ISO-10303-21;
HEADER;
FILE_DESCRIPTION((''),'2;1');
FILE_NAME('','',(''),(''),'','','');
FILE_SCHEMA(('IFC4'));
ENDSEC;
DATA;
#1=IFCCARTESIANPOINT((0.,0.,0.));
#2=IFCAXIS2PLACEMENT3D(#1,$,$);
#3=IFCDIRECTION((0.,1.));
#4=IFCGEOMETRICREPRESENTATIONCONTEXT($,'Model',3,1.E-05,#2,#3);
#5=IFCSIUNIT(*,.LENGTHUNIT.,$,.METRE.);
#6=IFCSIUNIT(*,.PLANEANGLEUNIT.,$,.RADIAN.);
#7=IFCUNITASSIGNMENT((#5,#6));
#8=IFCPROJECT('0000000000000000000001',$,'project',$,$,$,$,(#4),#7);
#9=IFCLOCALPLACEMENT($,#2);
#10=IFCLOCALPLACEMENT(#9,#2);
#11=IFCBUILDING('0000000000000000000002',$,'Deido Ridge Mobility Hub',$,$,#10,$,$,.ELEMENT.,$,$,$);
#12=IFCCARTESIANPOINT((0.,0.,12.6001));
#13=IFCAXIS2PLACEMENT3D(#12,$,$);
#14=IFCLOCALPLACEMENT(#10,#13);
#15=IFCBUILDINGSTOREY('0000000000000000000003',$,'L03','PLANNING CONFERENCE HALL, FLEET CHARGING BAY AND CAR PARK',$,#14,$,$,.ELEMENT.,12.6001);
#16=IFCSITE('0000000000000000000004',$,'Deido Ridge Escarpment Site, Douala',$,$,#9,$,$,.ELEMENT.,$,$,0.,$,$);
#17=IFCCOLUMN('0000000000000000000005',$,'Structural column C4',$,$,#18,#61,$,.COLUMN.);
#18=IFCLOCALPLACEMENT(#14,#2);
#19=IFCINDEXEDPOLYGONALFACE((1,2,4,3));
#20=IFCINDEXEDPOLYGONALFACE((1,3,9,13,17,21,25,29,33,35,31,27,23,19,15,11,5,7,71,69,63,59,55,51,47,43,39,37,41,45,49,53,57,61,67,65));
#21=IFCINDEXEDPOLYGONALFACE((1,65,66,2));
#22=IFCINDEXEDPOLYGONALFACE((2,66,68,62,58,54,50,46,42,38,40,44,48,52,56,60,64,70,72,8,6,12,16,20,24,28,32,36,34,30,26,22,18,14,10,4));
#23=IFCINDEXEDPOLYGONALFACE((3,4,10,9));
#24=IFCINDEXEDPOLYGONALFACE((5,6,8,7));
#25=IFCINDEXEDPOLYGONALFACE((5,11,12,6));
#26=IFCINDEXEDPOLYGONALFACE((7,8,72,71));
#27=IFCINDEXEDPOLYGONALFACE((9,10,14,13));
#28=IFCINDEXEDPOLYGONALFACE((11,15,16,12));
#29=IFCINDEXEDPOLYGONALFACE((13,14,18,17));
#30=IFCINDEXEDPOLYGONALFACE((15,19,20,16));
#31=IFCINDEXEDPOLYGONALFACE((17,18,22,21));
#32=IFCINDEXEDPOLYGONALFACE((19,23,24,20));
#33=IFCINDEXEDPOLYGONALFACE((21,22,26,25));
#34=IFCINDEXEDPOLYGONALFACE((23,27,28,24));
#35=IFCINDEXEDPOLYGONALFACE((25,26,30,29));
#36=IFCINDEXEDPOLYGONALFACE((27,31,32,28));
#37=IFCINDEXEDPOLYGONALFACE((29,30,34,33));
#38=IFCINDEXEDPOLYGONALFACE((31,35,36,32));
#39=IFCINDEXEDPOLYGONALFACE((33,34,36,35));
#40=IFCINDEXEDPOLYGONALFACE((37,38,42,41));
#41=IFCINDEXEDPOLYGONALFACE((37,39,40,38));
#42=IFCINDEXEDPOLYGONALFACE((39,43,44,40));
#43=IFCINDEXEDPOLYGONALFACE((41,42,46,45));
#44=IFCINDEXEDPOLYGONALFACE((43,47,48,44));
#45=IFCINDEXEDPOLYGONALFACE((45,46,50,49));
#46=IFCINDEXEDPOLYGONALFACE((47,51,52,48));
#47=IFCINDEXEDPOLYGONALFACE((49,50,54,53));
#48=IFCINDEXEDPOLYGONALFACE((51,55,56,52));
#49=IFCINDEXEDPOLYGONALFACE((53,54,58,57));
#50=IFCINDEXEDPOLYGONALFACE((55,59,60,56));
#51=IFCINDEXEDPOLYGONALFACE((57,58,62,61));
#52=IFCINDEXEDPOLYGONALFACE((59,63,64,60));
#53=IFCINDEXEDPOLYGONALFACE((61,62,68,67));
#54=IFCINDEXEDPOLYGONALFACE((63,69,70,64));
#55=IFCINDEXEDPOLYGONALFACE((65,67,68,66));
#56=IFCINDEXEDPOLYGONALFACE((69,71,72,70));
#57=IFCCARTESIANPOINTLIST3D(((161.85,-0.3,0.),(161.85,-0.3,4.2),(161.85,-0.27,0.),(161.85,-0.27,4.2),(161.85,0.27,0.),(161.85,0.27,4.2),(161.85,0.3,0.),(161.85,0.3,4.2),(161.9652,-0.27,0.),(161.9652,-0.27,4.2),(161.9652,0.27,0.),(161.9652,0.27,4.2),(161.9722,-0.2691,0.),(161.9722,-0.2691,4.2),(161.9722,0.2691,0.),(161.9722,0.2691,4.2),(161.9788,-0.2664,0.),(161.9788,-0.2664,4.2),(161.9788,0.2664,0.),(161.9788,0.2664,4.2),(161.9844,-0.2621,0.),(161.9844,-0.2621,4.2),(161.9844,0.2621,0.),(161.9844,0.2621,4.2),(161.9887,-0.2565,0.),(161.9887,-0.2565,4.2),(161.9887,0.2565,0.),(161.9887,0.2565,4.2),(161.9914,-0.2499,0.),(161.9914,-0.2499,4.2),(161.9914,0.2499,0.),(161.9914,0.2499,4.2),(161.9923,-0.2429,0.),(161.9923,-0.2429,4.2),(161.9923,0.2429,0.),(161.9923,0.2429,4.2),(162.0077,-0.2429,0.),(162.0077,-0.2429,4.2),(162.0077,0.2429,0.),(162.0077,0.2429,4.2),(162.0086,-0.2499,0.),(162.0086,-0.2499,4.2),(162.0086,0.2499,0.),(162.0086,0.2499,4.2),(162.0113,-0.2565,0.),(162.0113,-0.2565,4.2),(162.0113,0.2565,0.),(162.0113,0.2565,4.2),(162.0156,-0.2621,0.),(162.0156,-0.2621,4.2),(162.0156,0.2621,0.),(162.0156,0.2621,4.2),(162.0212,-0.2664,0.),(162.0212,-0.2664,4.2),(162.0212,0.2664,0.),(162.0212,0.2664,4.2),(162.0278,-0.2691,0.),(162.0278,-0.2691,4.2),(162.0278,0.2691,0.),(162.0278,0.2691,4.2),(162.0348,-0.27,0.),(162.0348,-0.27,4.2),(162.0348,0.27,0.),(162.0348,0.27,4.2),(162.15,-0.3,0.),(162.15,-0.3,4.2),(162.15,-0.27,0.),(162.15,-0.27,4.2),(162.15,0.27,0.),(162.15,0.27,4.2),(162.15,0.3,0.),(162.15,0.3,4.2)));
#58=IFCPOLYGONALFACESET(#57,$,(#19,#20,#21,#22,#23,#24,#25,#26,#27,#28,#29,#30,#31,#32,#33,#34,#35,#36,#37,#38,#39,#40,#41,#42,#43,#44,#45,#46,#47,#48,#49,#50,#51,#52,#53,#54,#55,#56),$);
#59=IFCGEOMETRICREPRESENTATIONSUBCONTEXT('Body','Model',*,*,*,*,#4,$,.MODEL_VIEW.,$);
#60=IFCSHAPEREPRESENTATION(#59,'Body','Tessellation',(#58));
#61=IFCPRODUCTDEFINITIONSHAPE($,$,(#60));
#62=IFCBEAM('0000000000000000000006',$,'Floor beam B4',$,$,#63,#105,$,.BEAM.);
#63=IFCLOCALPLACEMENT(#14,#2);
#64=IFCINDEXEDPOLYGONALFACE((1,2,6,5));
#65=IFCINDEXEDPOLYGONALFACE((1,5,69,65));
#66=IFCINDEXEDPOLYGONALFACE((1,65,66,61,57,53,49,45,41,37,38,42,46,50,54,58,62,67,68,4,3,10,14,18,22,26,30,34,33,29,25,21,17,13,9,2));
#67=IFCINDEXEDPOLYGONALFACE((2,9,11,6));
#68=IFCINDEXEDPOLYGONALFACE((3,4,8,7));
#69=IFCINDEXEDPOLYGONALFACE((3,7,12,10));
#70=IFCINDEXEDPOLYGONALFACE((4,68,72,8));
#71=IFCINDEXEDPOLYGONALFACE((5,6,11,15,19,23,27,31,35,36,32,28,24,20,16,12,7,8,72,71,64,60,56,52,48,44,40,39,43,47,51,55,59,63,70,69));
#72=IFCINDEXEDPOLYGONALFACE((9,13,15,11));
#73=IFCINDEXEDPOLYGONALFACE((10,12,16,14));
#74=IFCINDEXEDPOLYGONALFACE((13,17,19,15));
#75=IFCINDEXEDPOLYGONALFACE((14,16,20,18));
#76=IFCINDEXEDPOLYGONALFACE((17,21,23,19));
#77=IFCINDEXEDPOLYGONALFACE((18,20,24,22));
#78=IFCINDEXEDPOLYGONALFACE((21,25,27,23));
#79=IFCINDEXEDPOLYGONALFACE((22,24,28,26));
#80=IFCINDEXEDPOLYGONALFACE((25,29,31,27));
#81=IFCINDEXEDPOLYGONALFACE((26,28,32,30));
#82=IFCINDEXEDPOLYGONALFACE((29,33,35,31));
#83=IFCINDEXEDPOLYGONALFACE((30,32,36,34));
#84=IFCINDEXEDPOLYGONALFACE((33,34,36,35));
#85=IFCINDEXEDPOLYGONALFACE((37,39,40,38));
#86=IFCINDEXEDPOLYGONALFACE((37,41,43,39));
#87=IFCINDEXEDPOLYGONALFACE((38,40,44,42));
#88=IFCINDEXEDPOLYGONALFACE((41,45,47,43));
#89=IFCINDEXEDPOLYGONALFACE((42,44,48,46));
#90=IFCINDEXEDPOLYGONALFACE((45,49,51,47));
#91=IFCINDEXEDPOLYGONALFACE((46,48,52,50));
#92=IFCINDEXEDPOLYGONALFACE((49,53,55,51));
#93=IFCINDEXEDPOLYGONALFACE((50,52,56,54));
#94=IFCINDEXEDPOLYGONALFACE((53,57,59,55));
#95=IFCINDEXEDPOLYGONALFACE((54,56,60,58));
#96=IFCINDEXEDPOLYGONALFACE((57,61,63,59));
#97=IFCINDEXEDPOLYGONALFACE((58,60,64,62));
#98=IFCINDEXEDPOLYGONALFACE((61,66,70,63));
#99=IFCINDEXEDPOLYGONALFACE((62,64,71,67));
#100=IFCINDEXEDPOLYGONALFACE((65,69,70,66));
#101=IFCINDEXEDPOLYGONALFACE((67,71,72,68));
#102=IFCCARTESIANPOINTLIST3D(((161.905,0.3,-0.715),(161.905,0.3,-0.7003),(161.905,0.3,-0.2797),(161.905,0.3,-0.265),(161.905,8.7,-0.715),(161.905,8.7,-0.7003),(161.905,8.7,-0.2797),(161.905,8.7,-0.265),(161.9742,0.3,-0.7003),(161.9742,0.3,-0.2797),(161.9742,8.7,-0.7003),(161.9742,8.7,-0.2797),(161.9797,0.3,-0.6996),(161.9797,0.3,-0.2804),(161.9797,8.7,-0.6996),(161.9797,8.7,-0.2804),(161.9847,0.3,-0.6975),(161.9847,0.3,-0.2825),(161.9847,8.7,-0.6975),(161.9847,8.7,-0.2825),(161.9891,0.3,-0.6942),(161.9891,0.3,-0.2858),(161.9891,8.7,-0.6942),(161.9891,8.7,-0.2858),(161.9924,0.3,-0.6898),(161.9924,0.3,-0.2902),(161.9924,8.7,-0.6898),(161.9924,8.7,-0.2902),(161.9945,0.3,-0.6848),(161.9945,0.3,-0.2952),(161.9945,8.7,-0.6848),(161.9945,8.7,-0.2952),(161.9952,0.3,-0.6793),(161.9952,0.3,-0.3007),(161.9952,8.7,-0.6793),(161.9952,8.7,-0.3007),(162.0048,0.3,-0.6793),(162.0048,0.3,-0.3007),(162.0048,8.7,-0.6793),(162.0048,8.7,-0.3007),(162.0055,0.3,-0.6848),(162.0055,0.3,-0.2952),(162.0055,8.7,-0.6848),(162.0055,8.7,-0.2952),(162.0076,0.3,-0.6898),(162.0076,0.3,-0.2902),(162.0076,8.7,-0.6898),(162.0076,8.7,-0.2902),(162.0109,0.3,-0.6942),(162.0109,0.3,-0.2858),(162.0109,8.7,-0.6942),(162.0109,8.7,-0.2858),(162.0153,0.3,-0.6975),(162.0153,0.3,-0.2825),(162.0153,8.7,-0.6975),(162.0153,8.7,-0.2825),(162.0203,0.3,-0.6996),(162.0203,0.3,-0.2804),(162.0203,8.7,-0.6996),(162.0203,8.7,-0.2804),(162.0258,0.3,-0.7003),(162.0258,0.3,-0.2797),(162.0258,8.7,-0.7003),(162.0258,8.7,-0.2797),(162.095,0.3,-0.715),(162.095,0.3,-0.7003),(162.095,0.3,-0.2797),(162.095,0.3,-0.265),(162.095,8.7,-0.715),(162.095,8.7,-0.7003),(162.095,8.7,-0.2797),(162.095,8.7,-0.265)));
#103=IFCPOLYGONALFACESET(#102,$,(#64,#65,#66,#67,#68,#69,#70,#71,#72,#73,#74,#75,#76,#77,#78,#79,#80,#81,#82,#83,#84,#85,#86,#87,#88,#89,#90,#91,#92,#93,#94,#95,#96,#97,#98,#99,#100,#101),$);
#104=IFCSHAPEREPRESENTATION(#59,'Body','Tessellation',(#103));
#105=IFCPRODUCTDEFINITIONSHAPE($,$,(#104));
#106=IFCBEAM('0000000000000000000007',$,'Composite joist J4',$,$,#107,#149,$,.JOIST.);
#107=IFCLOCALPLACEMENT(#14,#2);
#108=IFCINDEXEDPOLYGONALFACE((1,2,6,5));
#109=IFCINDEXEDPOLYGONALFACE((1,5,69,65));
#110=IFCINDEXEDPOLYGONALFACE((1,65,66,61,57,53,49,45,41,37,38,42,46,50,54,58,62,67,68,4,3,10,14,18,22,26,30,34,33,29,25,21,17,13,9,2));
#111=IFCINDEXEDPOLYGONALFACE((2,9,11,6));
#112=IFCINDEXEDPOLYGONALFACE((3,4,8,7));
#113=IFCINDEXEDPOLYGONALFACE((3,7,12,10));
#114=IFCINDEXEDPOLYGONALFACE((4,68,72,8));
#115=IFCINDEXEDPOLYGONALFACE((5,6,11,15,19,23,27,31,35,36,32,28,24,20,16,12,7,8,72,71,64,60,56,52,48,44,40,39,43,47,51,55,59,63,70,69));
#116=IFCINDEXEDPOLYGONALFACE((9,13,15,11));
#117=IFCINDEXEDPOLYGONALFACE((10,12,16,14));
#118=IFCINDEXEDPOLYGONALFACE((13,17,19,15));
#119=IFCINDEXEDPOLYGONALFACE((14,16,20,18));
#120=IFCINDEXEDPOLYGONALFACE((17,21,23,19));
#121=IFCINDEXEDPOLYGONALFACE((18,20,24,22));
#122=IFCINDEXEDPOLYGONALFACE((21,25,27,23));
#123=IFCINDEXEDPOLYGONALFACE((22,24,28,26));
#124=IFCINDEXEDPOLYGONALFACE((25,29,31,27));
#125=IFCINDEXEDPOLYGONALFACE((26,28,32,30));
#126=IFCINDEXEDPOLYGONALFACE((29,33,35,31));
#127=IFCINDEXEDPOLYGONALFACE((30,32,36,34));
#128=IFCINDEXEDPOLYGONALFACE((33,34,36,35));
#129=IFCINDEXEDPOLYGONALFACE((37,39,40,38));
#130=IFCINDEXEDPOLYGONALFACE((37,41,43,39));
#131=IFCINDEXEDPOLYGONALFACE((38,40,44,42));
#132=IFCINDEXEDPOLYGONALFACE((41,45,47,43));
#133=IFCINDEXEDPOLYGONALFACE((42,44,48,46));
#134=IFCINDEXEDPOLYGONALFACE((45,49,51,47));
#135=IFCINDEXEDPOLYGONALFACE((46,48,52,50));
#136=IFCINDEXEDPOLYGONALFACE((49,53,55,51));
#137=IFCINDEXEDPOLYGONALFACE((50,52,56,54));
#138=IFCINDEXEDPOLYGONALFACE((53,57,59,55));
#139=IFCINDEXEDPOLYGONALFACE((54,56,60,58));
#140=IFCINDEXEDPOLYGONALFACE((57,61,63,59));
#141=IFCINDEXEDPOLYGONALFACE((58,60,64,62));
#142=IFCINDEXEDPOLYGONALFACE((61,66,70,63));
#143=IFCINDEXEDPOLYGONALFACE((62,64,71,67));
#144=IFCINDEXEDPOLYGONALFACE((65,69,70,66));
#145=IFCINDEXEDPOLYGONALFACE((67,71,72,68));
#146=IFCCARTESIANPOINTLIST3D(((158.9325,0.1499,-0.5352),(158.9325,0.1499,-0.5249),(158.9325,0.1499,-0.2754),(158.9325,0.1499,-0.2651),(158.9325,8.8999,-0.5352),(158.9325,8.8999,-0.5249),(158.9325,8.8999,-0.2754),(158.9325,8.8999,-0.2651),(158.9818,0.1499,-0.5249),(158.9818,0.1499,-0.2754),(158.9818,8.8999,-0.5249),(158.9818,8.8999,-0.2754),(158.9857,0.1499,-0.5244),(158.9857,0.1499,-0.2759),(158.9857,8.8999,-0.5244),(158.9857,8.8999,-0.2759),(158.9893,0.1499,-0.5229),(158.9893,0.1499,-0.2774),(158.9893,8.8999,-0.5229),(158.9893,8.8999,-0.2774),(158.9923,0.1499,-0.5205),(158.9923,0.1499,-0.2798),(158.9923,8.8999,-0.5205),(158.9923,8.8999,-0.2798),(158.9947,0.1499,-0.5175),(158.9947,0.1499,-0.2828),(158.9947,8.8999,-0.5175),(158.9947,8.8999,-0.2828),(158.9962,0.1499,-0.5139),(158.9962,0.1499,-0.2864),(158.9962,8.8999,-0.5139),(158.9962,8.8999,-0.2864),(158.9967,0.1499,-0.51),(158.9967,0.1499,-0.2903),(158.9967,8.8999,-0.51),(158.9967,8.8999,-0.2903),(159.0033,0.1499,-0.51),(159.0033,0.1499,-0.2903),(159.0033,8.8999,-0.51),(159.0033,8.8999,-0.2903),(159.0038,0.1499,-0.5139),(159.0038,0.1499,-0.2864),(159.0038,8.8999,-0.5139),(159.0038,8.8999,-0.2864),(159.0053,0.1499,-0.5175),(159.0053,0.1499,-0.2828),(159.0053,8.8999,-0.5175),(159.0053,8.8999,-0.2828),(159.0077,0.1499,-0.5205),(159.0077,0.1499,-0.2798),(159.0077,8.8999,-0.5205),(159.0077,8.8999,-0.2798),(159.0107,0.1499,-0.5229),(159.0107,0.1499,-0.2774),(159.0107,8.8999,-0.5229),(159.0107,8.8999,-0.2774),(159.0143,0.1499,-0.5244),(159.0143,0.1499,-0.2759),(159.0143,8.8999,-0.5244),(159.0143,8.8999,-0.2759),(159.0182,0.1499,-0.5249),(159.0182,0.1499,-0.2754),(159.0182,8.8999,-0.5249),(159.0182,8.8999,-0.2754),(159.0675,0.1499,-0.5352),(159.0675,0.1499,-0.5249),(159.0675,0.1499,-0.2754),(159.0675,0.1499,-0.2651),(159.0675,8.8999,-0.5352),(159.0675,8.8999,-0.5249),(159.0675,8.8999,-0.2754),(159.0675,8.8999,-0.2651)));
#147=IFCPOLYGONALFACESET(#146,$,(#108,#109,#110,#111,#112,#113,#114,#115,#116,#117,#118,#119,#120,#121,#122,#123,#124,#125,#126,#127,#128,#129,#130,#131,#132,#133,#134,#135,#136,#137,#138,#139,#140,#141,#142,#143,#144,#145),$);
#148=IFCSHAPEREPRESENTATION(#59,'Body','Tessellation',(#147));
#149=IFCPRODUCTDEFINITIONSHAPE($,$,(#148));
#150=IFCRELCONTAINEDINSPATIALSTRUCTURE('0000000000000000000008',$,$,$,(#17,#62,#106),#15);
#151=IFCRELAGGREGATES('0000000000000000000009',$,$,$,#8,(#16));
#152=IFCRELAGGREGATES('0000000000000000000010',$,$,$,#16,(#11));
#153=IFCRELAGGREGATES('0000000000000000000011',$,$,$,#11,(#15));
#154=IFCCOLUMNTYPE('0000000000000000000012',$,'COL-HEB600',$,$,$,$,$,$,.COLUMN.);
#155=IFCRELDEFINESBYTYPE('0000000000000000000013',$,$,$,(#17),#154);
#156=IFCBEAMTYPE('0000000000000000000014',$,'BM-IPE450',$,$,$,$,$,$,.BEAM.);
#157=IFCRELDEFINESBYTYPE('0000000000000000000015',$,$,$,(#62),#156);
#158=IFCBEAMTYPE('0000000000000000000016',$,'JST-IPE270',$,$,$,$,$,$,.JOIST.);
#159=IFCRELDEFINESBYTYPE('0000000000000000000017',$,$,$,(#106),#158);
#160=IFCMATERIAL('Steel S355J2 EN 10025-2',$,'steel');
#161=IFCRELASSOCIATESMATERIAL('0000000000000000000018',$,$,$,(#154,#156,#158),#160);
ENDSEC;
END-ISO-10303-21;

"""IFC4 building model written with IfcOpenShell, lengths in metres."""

from ifc_helpers import new_model, si_unit, direction, frame, origin, origin_2d, place, context, subcontext, project, spatial, i_section, extrude, material, material_profile, profile_set, type_object, element, save


model = new_model("IFC4")

# Units and contexts
model_context = context("Model", 3, precision=1e-05, world=origin(), true_north=direction((0.0, 1.0)))
body_context = subcontext(model_context, "Body", "Model", "MODEL_VIEW")
ifc_project = project(units=[si_unit("LENGTHUNIT", "METRE"), si_unit("PLANEANGLEUNIT", "RADIAN")], contexts=[model_context])

# Site, building, storey
site_placement = place(None, origin())
site = spatial("IfcSite", under=ifc_project, at=site_placement, Name="Deido Ridge Escarpment Site, Douala", CompositionType="ELEMENT", RefElevation=0.0)
building_placement = place(site_placement, origin())
building = spatial("IfcBuilding", under=site, at=building_placement, Name="Deido Ridge Mobility Hub", CompositionType="ELEMENT")
storey_placement = place(building_placement, frame((0.0, 0.0, 12.6001)))
storey = spatial("IfcBuildingStorey", under=building, at=storey_placement, Name="L03", Description="PLANNING CONFERENCE HALL, FLEET CHARGING BAY AND CAR PARK", CompositionType="ELEMENT", Elevation=12.6001)

# Column
ifc_material_1 = material(Name="Steel S355J2 EN 10025-2", Category="steel")
ifc_material_profile_1 = material_profile(ifc_material_1, i_section(OverallWidth=0.3, OverallDepth=0.6001, WebThickness=0.0154, FlangeThickness=0.03, FilletRadius=0.0271, at=origin_2d()), Name="HEB 600")
ifc_profile_set_1 = profile_set([ifc_material_profile_1], Name="Steel S355J2 EN 10025-2")
column_type = type_object("IfcColumnType", Name="COL-HEB600", PredefinedType="COLUMN", material=ifc_profile_set_1)
column_placement = place(storey_placement, frame((162.0, 0.0, 0.0), z_axis=(0.0, 0.0, 1.0), x_axis=(1.0, 0.0, 0.0)))
element("IfcColumn", 1, at=column_placement, inside=storey, type_object=column_type, Name="Structural column C4", PredefinedType="COLUMN", context=body_context, shape_type="SweptSolid", body=[
    extrude(i_section(OverallWidth=0.3, OverallDepth=0.6001, WebThickness=0.0154, FlangeThickness=0.03, FilletRadius=0.0271, at=origin_2d()), origin(), (0.0, 0.0, 1.0), 4.2),
])

# Beams
ifc_material_profile_2 = material_profile(ifc_material_1, i_section(OverallWidth=0.1899, OverallDepth=0.45, WebThickness=0.0095, FlangeThickness=0.0146, FilletRadius=0.021, at=origin_2d()), Name="IPE 450")
ifc_profile_set_2 = profile_set([ifc_material_profile_2], Name="Steel S355J2 EN 10025-2")
beam_type_1 = type_object("IfcBeamType", Name="BM-IPE450", PredefinedType="BEAM", material=ifc_profile_set_2)
beam_1_placement = place(storey_placement, frame((162.0, 0.3, -0.49), z_axis=(0.0, 1.0, 0.0), x_axis=(-1.0, 0.0, 0.0)))
element("IfcBeam", 2, at=beam_1_placement, inside=storey, type_object=beam_type_1, Name="Floor beam B4", PredefinedType="BEAM", context=body_context, shape_type="SweptSolid", body=[
    extrude(i_section(OverallWidth=0.1899, OverallDepth=0.45, WebThickness=0.0095, FlangeThickness=0.0146, FilletRadius=0.021, at=origin_2d()), origin(), (0.0, 0.0, 1.0), 8.3999),
])
ifc_material_profile_3 = material_profile(ifc_material_1, i_section(OverallWidth=0.135, OverallDepth=0.27, WebThickness=0.0066, FlangeThickness=0.0103, FilletRadius=0.0149, at=origin_2d()), Name="IPE 270")
ifc_profile_set_3 = profile_set([ifc_material_profile_3], Name="Steel S355J2 EN 10025-2")
beam_type_2 = type_object("IfcBeamType", Name="JST-IPE270", PredefinedType="JOIST", material=ifc_profile_set_3)
beam_2_placement = place(storey_placement, frame((159.0, 0.1499, -0.4001), z_axis=(0.0, 1.0, 0.0), x_axis=(-1.0, 0.0, 0.0)))
element("IfcBeam", 3, at=beam_2_placement, inside=storey, type_object=beam_type_2, Name="Composite joist J4", PredefinedType="JOIST", context=body_context, shape_type="SweptSolid", body=[
    extrude(i_section(OverallWidth=0.135, OverallDepth=0.27, WebThickness=0.0066, FlangeThickness=0.0103, FilletRadius=0.0149, at=origin_2d()), origin(), (0.0, 0.0, 1.0), 8.75),
])

save(model, "model.ifc")
